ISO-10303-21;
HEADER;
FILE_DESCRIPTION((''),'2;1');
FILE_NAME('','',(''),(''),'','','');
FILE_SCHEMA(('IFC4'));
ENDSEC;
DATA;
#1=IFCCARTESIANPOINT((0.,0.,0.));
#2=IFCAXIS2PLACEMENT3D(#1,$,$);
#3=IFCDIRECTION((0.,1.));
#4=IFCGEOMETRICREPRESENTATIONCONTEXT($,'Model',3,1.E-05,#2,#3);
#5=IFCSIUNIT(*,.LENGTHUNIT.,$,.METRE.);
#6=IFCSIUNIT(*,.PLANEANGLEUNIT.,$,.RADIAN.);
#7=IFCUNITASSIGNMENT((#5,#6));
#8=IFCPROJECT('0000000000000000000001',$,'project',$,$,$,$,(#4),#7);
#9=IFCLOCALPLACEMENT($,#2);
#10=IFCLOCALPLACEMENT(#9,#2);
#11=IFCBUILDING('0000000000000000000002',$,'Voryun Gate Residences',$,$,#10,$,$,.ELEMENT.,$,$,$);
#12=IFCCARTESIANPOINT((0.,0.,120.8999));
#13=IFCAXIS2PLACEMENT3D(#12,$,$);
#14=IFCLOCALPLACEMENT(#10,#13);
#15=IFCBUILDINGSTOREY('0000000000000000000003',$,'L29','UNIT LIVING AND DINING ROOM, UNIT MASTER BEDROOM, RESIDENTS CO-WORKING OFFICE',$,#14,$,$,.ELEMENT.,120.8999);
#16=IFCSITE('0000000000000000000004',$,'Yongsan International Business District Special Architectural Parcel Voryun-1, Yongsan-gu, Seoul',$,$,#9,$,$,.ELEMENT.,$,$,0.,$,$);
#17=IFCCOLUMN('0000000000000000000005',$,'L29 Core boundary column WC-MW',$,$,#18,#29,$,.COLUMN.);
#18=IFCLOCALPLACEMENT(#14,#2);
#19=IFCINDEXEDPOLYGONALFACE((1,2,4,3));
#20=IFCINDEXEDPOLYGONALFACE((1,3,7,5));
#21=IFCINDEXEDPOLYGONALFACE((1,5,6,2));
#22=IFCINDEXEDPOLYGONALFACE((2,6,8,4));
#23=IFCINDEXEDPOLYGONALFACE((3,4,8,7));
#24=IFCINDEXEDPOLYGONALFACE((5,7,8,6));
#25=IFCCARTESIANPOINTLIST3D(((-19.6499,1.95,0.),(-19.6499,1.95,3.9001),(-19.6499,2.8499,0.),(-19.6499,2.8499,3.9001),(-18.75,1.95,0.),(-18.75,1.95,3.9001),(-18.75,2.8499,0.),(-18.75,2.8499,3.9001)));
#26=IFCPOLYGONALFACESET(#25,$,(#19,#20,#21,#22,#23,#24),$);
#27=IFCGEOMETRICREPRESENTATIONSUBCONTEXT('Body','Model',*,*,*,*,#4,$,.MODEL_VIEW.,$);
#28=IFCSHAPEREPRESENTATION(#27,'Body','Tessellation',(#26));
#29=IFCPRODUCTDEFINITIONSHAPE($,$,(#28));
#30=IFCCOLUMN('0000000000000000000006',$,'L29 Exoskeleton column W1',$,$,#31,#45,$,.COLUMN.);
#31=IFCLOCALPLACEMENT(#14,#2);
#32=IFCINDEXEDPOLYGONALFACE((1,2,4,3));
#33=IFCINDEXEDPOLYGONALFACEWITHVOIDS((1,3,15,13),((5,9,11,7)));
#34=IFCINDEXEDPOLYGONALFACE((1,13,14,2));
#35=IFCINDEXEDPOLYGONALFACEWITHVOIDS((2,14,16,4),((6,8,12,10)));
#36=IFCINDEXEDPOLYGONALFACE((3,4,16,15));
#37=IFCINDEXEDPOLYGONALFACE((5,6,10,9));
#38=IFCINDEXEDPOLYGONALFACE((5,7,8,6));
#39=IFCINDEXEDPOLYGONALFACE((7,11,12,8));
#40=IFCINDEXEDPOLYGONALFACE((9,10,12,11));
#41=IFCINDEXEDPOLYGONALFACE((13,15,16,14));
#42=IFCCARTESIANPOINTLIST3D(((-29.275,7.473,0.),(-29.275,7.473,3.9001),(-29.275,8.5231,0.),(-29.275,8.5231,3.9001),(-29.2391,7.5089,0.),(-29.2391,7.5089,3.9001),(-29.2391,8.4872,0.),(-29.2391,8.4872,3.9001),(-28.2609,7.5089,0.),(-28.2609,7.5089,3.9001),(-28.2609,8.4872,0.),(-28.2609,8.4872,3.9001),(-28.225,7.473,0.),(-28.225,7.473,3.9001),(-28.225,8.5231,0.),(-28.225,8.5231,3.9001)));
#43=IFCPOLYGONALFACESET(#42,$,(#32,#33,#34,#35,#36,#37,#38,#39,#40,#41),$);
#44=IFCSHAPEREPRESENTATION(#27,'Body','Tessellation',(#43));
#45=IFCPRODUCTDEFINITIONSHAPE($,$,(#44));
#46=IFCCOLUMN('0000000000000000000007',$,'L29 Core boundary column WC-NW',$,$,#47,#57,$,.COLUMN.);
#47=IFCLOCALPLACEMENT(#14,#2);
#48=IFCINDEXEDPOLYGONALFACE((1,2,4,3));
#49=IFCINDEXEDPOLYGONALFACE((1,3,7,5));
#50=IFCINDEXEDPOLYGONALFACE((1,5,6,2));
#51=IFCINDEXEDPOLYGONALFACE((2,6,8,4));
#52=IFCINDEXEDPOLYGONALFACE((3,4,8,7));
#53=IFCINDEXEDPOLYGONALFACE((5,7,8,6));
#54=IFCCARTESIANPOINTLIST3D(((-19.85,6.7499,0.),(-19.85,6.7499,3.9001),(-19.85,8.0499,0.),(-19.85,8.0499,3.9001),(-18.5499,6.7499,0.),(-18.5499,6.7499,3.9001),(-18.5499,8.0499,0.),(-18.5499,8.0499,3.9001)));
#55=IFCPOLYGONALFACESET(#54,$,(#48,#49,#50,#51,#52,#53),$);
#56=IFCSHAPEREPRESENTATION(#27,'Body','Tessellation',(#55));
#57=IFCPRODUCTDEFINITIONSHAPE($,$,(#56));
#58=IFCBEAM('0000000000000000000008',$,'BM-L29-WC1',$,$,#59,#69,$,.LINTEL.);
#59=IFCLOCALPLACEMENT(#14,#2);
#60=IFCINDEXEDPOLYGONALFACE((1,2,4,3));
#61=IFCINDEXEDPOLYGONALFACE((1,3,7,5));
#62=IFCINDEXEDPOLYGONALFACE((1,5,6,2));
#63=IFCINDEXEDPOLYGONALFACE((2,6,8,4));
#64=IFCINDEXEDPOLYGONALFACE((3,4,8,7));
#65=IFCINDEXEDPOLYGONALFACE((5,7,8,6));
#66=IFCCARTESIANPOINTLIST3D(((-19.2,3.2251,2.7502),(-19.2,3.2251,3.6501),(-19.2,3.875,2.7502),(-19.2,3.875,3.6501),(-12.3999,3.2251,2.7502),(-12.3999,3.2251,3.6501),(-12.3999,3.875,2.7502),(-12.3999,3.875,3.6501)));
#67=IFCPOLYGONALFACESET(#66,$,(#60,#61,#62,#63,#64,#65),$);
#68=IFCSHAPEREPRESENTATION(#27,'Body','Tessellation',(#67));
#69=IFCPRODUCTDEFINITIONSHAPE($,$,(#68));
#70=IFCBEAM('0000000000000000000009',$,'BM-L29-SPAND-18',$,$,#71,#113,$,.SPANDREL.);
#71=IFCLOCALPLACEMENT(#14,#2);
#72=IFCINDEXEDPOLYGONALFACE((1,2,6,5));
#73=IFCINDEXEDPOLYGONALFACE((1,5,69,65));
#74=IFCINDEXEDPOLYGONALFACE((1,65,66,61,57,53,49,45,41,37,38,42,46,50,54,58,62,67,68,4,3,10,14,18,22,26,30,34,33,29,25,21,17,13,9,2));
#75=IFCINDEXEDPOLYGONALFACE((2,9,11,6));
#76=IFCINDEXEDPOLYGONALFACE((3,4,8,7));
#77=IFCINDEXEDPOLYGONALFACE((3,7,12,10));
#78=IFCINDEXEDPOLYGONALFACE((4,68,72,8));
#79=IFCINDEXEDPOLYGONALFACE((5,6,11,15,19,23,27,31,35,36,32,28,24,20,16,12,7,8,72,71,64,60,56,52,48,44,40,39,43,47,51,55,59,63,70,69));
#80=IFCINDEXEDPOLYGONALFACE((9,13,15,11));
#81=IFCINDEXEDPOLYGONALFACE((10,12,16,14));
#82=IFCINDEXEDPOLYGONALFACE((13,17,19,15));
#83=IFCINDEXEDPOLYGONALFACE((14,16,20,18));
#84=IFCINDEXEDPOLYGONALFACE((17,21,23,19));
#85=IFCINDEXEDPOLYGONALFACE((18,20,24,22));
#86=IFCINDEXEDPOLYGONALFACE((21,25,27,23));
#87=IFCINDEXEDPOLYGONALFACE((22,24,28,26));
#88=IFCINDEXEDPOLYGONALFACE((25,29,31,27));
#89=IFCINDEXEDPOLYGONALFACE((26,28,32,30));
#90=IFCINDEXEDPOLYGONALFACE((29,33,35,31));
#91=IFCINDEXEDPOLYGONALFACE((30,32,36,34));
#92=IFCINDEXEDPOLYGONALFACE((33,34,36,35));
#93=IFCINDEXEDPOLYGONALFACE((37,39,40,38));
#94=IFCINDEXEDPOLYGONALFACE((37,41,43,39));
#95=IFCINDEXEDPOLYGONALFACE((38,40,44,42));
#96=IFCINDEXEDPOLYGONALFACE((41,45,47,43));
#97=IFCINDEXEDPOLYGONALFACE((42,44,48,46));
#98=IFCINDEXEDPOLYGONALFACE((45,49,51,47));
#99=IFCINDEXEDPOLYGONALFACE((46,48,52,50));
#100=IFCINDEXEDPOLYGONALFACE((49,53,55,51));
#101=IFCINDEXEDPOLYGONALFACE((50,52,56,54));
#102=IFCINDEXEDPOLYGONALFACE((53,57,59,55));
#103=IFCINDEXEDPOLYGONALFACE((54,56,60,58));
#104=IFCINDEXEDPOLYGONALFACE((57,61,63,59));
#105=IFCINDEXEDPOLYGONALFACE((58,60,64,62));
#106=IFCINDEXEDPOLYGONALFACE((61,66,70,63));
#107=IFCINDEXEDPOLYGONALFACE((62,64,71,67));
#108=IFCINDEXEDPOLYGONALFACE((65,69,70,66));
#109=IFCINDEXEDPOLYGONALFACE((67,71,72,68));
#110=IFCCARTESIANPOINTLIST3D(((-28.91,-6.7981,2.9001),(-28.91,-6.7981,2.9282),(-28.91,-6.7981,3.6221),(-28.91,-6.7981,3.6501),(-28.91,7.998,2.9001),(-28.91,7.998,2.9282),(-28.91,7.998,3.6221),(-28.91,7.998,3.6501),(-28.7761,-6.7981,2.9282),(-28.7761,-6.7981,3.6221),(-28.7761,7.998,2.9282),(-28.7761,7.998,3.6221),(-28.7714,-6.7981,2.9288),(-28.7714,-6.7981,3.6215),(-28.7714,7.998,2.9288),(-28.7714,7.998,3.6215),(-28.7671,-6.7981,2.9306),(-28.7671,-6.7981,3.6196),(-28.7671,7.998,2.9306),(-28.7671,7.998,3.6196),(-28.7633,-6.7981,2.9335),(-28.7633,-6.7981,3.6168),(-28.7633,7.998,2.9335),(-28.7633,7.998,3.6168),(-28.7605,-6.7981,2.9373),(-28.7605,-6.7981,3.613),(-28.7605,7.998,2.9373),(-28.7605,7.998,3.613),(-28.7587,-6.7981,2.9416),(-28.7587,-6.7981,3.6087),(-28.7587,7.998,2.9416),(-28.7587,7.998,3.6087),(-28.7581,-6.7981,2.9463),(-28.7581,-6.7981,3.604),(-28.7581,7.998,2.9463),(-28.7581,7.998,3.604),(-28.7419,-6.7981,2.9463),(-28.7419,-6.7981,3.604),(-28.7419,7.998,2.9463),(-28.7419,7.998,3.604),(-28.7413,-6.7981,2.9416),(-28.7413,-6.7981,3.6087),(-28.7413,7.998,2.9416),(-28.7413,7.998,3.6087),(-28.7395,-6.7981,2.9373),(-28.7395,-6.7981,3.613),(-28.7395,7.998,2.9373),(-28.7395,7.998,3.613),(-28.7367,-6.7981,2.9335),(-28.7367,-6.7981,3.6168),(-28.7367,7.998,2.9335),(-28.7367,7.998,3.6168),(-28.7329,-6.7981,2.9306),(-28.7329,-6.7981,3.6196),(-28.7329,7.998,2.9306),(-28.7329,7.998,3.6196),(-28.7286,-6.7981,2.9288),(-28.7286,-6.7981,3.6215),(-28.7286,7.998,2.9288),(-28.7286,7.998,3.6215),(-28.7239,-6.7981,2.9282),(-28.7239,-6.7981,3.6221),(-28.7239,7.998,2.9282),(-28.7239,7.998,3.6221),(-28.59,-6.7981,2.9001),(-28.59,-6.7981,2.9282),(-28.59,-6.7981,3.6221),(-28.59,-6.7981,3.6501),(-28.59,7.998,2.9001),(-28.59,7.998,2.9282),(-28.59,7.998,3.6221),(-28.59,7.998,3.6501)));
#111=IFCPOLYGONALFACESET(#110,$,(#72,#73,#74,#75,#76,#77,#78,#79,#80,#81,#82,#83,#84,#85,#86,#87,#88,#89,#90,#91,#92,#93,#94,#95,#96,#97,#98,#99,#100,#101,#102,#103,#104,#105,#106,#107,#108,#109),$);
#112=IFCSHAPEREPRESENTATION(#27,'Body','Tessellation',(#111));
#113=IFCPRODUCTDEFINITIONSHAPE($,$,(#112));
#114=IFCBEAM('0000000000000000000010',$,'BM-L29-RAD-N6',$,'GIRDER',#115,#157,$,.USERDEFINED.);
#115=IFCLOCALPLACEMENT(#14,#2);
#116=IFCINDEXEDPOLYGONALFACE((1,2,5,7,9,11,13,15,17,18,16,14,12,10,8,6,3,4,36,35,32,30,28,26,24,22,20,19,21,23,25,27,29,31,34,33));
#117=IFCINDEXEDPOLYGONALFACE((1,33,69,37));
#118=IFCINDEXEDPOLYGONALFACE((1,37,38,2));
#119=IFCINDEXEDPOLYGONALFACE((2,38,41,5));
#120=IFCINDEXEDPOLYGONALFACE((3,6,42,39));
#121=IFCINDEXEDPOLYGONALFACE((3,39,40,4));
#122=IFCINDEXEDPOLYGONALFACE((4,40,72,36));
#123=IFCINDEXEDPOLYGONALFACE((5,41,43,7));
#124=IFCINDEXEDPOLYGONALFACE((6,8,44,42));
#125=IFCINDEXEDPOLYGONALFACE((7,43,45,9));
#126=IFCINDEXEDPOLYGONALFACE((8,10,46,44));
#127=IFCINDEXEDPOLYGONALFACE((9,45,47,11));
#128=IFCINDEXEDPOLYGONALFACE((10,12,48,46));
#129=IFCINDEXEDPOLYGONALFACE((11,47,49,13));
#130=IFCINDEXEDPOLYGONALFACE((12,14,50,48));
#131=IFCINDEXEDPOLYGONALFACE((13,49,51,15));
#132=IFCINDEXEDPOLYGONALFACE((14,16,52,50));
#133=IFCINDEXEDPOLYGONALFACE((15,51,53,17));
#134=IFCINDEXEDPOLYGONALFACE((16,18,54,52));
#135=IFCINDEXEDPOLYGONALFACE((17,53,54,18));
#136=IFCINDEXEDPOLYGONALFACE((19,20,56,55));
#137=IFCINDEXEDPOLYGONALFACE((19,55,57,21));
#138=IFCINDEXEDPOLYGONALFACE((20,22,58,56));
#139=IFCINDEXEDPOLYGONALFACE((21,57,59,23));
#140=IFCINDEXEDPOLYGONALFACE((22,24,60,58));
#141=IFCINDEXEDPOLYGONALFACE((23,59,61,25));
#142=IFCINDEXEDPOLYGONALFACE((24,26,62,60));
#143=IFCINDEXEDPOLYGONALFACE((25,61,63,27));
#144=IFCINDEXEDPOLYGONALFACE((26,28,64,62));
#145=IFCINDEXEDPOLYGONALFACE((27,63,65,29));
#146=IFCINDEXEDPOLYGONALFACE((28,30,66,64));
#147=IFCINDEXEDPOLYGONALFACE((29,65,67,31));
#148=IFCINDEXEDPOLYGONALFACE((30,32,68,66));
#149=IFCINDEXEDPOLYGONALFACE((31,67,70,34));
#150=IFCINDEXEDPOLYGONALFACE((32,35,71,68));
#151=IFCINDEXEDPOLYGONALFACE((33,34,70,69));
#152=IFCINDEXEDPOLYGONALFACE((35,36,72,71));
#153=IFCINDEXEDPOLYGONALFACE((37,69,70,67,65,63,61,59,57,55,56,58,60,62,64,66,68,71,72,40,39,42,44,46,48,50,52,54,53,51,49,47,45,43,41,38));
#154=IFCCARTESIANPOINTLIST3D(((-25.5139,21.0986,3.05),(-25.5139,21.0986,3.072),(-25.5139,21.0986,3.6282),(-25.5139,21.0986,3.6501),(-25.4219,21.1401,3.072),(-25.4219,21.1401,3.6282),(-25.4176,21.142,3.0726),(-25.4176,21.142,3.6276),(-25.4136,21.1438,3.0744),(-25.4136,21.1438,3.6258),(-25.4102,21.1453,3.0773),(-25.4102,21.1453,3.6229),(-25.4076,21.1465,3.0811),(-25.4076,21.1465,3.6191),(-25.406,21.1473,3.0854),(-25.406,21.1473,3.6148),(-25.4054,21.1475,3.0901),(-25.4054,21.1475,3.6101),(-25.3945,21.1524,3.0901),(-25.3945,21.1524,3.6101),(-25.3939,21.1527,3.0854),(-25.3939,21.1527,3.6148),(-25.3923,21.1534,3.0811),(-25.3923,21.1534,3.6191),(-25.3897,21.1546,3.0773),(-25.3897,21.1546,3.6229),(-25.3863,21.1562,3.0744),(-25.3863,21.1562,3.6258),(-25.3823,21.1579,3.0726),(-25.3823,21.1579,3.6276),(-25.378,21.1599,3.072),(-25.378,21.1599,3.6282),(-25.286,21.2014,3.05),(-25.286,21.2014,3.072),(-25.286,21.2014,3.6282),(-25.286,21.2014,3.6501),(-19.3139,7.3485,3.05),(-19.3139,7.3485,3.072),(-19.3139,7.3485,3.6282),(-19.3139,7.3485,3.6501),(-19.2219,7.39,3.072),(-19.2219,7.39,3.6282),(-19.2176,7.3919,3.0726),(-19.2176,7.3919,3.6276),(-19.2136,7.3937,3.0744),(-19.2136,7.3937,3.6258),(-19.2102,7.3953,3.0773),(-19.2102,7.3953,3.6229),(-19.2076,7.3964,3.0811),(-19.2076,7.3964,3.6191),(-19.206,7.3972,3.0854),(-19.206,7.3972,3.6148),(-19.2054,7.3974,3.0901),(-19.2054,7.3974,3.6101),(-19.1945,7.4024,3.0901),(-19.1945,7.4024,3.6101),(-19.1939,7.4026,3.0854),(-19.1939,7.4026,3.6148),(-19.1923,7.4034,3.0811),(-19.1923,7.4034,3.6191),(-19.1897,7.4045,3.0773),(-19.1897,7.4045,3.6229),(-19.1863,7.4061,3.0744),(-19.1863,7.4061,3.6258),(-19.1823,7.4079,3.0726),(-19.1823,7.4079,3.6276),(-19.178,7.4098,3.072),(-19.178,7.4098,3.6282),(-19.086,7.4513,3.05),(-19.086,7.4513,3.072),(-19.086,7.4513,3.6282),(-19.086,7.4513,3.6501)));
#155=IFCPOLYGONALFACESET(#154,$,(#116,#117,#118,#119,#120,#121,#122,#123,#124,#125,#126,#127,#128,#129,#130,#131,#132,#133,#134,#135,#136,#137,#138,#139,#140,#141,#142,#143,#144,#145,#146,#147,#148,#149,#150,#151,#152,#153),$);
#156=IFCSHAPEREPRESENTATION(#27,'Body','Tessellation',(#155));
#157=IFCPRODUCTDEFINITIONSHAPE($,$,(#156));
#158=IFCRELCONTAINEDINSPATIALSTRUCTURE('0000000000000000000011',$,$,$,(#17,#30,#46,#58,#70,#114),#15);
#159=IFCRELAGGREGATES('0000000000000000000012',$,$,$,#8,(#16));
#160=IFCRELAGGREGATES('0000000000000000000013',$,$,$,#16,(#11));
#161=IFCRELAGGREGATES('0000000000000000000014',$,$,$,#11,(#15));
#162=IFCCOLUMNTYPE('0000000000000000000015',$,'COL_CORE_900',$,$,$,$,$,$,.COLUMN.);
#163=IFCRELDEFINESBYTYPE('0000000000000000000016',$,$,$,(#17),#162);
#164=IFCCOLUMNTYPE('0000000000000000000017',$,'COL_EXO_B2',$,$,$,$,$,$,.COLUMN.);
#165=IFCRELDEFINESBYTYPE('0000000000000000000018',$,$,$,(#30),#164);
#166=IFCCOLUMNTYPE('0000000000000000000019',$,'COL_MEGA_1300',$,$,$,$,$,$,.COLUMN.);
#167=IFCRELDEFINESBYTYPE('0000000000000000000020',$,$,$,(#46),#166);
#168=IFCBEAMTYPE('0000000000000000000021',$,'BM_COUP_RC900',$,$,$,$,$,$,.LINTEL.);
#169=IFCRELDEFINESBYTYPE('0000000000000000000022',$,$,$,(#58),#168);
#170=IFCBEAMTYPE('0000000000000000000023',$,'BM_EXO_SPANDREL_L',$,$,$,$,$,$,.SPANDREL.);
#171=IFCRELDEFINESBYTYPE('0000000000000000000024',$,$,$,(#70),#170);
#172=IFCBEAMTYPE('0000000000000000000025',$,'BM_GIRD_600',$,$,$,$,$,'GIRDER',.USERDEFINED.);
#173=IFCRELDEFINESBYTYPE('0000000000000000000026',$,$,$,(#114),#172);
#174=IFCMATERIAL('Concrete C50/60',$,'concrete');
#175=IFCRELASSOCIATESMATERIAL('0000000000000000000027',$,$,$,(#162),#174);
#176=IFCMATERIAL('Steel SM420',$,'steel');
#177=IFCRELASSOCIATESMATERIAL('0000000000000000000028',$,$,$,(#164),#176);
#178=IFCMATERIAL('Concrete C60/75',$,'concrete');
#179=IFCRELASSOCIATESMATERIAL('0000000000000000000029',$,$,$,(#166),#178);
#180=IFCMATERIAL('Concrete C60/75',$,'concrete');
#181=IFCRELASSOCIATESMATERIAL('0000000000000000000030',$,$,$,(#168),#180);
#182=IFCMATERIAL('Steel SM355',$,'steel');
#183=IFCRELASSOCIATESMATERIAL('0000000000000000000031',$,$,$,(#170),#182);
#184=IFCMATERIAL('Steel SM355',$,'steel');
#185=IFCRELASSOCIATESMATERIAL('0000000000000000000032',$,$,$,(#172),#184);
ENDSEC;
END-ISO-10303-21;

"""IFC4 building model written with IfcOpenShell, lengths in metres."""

from ifc_helpers import new_model, si_unit, direction, frame, origin, origin_2d, place, context, subcontext, project, spatial, rectangle, hollow_rectangle, i_section, extrude, material, material_profile, profile_set, type_object, element, save


model = new_model("IFC4")

# Units and contexts
model_context = context("Model", 3, precision=1e-05, world=origin(), true_north=direction((0.0, 1.0)))
body_context = subcontext(model_context, "Body", "Model", "MODEL_VIEW")
ifc_project = project(units=[si_unit("LENGTHUNIT", "METRE"), si_unit("PLANEANGLEUNIT", "RADIAN")], contexts=[model_context])

# Site, building, storey
site_placement = place(None, origin())
site = spatial("IfcSite", under=ifc_project, at=site_placement, Name="Yongsan International Business District Special Architectural Parcel Voryun-1, Yongsan-gu, Seoul", CompositionType="ELEMENT", RefElevation=0.0)
building_placement = place(site_placement, origin())
building = spatial("IfcBuilding", under=site, at=building_placement, Name="Voryun Gate Residences", CompositionType="ELEMENT")
storey_placement = place(building_placement, frame((0.0, 0.0, 120.8999)))
storey = spatial("IfcBuildingStorey", under=building, at=storey_placement, Name="L29", Description="UNIT LIVING AND DINING ROOM, UNIT MASTER BEDROOM, RESIDENTS CO-WORKING OFFICE", CompositionType="ELEMENT", Elevation=120.8999)

# Columns
ifc_material_1 = material(Name="Concrete C50/60", Category="concrete")
ifc_material_profile_1 = material_profile(ifc_material_1, rectangle(XDim=0.8999, YDim=0.8999, at=origin_2d()), Name="RC-900x900")
ifc_profile_set_1 = profile_set([ifc_material_profile_1], Name="Concrete C50/60")
column_type_1 = type_object("IfcColumnType", Name="COL_CORE_900", PredefinedType="COLUMN", material=ifc_profile_set_1)
column_1_placement = place(storey_placement, frame((-19.2, 2.3999, 0.0), z_axis=(0.0, 0.0, 1.0), x_axis=(1.0, 0.0, 0.0)))
element("IfcColumn", 1, at=column_1_placement, inside=storey, type_object=column_type_1, Name="L29 Core boundary column WC-MW", PredefinedType="COLUMN", context=body_context, shape_type="SweptSolid", body=[
    extrude(rectangle(XDim=0.8999, YDim=0.8999, at=origin_2d()), origin(), (0.0, 0.0, 1.0), 3.9001),
])
ifc_material_2 = material(Name="Steel SM420", Category="steel")
ifc_material_profile_2 = material_profile(ifc_material_2, hollow_rectangle(XDim=1.05, YDim=1.05, WallThickness=0.0359, at=origin_2d()), Name="BOX-1050x1050x36")
ifc_profile_set_2 = profile_set([ifc_material_profile_2], Name="Steel SM420")
column_type_2 = type_object("IfcColumnType", Name="COL_EXO_B2", PredefinedType="COLUMN", material=ifc_profile_set_2)
column_2_placement = place(storey_placement, frame((-28.75, 7.998, 0.0), z_axis=(0.0, 0.0, 1.0), x_axis=(1.0, 0.0, 0.0)))
element("IfcColumn", 2, at=column_2_placement, inside=storey, type_object=column_type_2, Name="L29 Exoskeleton column W1", PredefinedType="COLUMN", context=body_context, shape_type="SweptSolid", body=[
    extrude(hollow_rectangle(XDim=1.05, YDim=1.05, WallThickness=0.0359, at=origin_2d()), origin(), (0.0, 0.0, 1.0), 3.9001),
])
ifc_material_3 = material(Name="Concrete C60/75", Category="concrete")
ifc_material_profile_3 = material_profile(ifc_material_3, rectangle(XDim=1.3, YDim=1.3, at=origin_2d()), Name="RC-1300x1300")
ifc_profile_set_3 = profile_set([ifc_material_profile_3], Name="Concrete C60/75")
column_type_3 = type_object("IfcColumnType", Name="COL_MEGA_1300", PredefinedType="COLUMN", material=ifc_profile_set_3)
column_3_placement = place(storey_placement, frame((-19.2, 7.3999, 0.0), z_axis=(0.0, 0.0, 1.0), x_axis=(1.0, 0.0, 0.0)))
element("IfcColumn", 3, at=column_3_placement, inside=storey, type_object=column_type_3, Name="L29 Core boundary column WC-NW", PredefinedType="COLUMN", context=body_context, shape_type="SweptSolid", body=[
    extrude(rectangle(XDim=1.3, YDim=1.3, at=origin_2d()), origin(), (0.0, 0.0, 1.0), 3.9001),
])

# Beams
ifc_material_4 = material(Name="Concrete C60/75", Category="concrete")
ifc_material_profile_4 = material_profile(ifc_material_4, rectangle(XDim=0.6499, YDim=0.8999, at=origin_2d()), Name="RC-650x900")
ifc_profile_set_4 = profile_set([ifc_material_profile_4], Name="Concrete C60/75")
beam_type_1 = type_object("IfcBeamType", Name="BM_COUP_RC900", PredefinedType="LINTEL", material=ifc_profile_set_4)
beam_1_placement = place(storey_placement, frame((-19.2, 3.55, 3.2002), z_axis=(1.0, 0.0, 0.0), x_axis=(0.0, 1.0, 0.0)))
element("IfcBeam", 4, at=beam_1_placement, inside=storey, type_object=beam_type_1, Name="BM-L29-WC1", PredefinedType="LINTEL", context=body_context, shape_type="SweptSolid", body=[
    extrude(rectangle(XDim=0.6499, YDim=0.8999, at=origin_2d()), origin(), (0.0, 0.0, 1.0), 6.8),
])
ifc_material_5 = material(Name="Steel SM355", Category="steel")
ifc_material_profile_5 = material_profile(ifc_material_5, i_section(OverallWidth=0.3201, OverallDepth=0.75, WebThickness=0.0161, FlangeThickness=0.0281, FilletRadius=0.0181, at=origin_2d()), Name="H-750x320x16x28")
ifc_profile_set_5 = profile_set([ifc_material_profile_5], Name="Steel SM355")
beam_type_2 = type_object("IfcBeamType", Name="BM_EXO_SPANDREL_L", PredefinedType="SPANDREL", material=ifc_profile_set_5)
beam_2_placement = place(storey_placement, frame((-28.75, 7.998, 3.2751), z_axis=(0.0, -1.0, 0.0), x_axis=(1.0, 0.0, 0.0)))
element("IfcBeam", 5, at=beam_2_placement, inside=storey, type_object=beam_type_2, Name="BM-L29-SPAND-18", PredefinedType="SPANDREL", context=body_context, shape_type="SweptSolid", body=[
    extrude(i_section(OverallWidth=0.3201, OverallDepth=0.75, WebThickness=0.0161, FlangeThickness=0.0281, FilletRadius=0.0181, at=origin_2d()), origin(), (0.0, 0.0, 1.0), 14.7961),
])
ifc_material_6 = material(Name="Steel SM355", Category="steel")
ifc_material_profile_6 = material_profile(ifc_material_6, i_section(OverallWidth=0.25, OverallDepth=0.6001, WebThickness=0.012, FlangeThickness=0.022, FilletRadius=0.0181, at=origin_2d()), Name="H-600x250x12x22")
ifc_profile_set_6 = profile_set([ifc_material_profile_6], Name="Steel SM355")
beam_type_3 = type_object("IfcBeamType", Name="BM_GIRD_600", ElementType="GIRDER", PredefinedType="USERDEFINED", material=ifc_profile_set_6)
beam_3_placement = place(storey_placement, frame((-19.2, 7.3999, 3.3501), z_axis=(-0.411051, 0.911612, 0.0), x_axis=(-0.911612, -0.411051, 0.0)))
element("IfcBeam", 6, at=beam_3_placement, inside=storey, type_object=beam_type_3, Name="BM-L29-RAD-N6", ObjectType="GIRDER", PredefinedType="USERDEFINED", context=body_context, shape_type="SweptSolid", body=[
    extrude(i_section(OverallWidth=0.25, OverallDepth=0.6001, WebThickness=0.012, FlangeThickness=0.022, FilletRadius=0.0181, at=origin_2d()), origin(), (0.0, 0.0, 1.0), 15.0833),
])

save(model, "model.ifc")
